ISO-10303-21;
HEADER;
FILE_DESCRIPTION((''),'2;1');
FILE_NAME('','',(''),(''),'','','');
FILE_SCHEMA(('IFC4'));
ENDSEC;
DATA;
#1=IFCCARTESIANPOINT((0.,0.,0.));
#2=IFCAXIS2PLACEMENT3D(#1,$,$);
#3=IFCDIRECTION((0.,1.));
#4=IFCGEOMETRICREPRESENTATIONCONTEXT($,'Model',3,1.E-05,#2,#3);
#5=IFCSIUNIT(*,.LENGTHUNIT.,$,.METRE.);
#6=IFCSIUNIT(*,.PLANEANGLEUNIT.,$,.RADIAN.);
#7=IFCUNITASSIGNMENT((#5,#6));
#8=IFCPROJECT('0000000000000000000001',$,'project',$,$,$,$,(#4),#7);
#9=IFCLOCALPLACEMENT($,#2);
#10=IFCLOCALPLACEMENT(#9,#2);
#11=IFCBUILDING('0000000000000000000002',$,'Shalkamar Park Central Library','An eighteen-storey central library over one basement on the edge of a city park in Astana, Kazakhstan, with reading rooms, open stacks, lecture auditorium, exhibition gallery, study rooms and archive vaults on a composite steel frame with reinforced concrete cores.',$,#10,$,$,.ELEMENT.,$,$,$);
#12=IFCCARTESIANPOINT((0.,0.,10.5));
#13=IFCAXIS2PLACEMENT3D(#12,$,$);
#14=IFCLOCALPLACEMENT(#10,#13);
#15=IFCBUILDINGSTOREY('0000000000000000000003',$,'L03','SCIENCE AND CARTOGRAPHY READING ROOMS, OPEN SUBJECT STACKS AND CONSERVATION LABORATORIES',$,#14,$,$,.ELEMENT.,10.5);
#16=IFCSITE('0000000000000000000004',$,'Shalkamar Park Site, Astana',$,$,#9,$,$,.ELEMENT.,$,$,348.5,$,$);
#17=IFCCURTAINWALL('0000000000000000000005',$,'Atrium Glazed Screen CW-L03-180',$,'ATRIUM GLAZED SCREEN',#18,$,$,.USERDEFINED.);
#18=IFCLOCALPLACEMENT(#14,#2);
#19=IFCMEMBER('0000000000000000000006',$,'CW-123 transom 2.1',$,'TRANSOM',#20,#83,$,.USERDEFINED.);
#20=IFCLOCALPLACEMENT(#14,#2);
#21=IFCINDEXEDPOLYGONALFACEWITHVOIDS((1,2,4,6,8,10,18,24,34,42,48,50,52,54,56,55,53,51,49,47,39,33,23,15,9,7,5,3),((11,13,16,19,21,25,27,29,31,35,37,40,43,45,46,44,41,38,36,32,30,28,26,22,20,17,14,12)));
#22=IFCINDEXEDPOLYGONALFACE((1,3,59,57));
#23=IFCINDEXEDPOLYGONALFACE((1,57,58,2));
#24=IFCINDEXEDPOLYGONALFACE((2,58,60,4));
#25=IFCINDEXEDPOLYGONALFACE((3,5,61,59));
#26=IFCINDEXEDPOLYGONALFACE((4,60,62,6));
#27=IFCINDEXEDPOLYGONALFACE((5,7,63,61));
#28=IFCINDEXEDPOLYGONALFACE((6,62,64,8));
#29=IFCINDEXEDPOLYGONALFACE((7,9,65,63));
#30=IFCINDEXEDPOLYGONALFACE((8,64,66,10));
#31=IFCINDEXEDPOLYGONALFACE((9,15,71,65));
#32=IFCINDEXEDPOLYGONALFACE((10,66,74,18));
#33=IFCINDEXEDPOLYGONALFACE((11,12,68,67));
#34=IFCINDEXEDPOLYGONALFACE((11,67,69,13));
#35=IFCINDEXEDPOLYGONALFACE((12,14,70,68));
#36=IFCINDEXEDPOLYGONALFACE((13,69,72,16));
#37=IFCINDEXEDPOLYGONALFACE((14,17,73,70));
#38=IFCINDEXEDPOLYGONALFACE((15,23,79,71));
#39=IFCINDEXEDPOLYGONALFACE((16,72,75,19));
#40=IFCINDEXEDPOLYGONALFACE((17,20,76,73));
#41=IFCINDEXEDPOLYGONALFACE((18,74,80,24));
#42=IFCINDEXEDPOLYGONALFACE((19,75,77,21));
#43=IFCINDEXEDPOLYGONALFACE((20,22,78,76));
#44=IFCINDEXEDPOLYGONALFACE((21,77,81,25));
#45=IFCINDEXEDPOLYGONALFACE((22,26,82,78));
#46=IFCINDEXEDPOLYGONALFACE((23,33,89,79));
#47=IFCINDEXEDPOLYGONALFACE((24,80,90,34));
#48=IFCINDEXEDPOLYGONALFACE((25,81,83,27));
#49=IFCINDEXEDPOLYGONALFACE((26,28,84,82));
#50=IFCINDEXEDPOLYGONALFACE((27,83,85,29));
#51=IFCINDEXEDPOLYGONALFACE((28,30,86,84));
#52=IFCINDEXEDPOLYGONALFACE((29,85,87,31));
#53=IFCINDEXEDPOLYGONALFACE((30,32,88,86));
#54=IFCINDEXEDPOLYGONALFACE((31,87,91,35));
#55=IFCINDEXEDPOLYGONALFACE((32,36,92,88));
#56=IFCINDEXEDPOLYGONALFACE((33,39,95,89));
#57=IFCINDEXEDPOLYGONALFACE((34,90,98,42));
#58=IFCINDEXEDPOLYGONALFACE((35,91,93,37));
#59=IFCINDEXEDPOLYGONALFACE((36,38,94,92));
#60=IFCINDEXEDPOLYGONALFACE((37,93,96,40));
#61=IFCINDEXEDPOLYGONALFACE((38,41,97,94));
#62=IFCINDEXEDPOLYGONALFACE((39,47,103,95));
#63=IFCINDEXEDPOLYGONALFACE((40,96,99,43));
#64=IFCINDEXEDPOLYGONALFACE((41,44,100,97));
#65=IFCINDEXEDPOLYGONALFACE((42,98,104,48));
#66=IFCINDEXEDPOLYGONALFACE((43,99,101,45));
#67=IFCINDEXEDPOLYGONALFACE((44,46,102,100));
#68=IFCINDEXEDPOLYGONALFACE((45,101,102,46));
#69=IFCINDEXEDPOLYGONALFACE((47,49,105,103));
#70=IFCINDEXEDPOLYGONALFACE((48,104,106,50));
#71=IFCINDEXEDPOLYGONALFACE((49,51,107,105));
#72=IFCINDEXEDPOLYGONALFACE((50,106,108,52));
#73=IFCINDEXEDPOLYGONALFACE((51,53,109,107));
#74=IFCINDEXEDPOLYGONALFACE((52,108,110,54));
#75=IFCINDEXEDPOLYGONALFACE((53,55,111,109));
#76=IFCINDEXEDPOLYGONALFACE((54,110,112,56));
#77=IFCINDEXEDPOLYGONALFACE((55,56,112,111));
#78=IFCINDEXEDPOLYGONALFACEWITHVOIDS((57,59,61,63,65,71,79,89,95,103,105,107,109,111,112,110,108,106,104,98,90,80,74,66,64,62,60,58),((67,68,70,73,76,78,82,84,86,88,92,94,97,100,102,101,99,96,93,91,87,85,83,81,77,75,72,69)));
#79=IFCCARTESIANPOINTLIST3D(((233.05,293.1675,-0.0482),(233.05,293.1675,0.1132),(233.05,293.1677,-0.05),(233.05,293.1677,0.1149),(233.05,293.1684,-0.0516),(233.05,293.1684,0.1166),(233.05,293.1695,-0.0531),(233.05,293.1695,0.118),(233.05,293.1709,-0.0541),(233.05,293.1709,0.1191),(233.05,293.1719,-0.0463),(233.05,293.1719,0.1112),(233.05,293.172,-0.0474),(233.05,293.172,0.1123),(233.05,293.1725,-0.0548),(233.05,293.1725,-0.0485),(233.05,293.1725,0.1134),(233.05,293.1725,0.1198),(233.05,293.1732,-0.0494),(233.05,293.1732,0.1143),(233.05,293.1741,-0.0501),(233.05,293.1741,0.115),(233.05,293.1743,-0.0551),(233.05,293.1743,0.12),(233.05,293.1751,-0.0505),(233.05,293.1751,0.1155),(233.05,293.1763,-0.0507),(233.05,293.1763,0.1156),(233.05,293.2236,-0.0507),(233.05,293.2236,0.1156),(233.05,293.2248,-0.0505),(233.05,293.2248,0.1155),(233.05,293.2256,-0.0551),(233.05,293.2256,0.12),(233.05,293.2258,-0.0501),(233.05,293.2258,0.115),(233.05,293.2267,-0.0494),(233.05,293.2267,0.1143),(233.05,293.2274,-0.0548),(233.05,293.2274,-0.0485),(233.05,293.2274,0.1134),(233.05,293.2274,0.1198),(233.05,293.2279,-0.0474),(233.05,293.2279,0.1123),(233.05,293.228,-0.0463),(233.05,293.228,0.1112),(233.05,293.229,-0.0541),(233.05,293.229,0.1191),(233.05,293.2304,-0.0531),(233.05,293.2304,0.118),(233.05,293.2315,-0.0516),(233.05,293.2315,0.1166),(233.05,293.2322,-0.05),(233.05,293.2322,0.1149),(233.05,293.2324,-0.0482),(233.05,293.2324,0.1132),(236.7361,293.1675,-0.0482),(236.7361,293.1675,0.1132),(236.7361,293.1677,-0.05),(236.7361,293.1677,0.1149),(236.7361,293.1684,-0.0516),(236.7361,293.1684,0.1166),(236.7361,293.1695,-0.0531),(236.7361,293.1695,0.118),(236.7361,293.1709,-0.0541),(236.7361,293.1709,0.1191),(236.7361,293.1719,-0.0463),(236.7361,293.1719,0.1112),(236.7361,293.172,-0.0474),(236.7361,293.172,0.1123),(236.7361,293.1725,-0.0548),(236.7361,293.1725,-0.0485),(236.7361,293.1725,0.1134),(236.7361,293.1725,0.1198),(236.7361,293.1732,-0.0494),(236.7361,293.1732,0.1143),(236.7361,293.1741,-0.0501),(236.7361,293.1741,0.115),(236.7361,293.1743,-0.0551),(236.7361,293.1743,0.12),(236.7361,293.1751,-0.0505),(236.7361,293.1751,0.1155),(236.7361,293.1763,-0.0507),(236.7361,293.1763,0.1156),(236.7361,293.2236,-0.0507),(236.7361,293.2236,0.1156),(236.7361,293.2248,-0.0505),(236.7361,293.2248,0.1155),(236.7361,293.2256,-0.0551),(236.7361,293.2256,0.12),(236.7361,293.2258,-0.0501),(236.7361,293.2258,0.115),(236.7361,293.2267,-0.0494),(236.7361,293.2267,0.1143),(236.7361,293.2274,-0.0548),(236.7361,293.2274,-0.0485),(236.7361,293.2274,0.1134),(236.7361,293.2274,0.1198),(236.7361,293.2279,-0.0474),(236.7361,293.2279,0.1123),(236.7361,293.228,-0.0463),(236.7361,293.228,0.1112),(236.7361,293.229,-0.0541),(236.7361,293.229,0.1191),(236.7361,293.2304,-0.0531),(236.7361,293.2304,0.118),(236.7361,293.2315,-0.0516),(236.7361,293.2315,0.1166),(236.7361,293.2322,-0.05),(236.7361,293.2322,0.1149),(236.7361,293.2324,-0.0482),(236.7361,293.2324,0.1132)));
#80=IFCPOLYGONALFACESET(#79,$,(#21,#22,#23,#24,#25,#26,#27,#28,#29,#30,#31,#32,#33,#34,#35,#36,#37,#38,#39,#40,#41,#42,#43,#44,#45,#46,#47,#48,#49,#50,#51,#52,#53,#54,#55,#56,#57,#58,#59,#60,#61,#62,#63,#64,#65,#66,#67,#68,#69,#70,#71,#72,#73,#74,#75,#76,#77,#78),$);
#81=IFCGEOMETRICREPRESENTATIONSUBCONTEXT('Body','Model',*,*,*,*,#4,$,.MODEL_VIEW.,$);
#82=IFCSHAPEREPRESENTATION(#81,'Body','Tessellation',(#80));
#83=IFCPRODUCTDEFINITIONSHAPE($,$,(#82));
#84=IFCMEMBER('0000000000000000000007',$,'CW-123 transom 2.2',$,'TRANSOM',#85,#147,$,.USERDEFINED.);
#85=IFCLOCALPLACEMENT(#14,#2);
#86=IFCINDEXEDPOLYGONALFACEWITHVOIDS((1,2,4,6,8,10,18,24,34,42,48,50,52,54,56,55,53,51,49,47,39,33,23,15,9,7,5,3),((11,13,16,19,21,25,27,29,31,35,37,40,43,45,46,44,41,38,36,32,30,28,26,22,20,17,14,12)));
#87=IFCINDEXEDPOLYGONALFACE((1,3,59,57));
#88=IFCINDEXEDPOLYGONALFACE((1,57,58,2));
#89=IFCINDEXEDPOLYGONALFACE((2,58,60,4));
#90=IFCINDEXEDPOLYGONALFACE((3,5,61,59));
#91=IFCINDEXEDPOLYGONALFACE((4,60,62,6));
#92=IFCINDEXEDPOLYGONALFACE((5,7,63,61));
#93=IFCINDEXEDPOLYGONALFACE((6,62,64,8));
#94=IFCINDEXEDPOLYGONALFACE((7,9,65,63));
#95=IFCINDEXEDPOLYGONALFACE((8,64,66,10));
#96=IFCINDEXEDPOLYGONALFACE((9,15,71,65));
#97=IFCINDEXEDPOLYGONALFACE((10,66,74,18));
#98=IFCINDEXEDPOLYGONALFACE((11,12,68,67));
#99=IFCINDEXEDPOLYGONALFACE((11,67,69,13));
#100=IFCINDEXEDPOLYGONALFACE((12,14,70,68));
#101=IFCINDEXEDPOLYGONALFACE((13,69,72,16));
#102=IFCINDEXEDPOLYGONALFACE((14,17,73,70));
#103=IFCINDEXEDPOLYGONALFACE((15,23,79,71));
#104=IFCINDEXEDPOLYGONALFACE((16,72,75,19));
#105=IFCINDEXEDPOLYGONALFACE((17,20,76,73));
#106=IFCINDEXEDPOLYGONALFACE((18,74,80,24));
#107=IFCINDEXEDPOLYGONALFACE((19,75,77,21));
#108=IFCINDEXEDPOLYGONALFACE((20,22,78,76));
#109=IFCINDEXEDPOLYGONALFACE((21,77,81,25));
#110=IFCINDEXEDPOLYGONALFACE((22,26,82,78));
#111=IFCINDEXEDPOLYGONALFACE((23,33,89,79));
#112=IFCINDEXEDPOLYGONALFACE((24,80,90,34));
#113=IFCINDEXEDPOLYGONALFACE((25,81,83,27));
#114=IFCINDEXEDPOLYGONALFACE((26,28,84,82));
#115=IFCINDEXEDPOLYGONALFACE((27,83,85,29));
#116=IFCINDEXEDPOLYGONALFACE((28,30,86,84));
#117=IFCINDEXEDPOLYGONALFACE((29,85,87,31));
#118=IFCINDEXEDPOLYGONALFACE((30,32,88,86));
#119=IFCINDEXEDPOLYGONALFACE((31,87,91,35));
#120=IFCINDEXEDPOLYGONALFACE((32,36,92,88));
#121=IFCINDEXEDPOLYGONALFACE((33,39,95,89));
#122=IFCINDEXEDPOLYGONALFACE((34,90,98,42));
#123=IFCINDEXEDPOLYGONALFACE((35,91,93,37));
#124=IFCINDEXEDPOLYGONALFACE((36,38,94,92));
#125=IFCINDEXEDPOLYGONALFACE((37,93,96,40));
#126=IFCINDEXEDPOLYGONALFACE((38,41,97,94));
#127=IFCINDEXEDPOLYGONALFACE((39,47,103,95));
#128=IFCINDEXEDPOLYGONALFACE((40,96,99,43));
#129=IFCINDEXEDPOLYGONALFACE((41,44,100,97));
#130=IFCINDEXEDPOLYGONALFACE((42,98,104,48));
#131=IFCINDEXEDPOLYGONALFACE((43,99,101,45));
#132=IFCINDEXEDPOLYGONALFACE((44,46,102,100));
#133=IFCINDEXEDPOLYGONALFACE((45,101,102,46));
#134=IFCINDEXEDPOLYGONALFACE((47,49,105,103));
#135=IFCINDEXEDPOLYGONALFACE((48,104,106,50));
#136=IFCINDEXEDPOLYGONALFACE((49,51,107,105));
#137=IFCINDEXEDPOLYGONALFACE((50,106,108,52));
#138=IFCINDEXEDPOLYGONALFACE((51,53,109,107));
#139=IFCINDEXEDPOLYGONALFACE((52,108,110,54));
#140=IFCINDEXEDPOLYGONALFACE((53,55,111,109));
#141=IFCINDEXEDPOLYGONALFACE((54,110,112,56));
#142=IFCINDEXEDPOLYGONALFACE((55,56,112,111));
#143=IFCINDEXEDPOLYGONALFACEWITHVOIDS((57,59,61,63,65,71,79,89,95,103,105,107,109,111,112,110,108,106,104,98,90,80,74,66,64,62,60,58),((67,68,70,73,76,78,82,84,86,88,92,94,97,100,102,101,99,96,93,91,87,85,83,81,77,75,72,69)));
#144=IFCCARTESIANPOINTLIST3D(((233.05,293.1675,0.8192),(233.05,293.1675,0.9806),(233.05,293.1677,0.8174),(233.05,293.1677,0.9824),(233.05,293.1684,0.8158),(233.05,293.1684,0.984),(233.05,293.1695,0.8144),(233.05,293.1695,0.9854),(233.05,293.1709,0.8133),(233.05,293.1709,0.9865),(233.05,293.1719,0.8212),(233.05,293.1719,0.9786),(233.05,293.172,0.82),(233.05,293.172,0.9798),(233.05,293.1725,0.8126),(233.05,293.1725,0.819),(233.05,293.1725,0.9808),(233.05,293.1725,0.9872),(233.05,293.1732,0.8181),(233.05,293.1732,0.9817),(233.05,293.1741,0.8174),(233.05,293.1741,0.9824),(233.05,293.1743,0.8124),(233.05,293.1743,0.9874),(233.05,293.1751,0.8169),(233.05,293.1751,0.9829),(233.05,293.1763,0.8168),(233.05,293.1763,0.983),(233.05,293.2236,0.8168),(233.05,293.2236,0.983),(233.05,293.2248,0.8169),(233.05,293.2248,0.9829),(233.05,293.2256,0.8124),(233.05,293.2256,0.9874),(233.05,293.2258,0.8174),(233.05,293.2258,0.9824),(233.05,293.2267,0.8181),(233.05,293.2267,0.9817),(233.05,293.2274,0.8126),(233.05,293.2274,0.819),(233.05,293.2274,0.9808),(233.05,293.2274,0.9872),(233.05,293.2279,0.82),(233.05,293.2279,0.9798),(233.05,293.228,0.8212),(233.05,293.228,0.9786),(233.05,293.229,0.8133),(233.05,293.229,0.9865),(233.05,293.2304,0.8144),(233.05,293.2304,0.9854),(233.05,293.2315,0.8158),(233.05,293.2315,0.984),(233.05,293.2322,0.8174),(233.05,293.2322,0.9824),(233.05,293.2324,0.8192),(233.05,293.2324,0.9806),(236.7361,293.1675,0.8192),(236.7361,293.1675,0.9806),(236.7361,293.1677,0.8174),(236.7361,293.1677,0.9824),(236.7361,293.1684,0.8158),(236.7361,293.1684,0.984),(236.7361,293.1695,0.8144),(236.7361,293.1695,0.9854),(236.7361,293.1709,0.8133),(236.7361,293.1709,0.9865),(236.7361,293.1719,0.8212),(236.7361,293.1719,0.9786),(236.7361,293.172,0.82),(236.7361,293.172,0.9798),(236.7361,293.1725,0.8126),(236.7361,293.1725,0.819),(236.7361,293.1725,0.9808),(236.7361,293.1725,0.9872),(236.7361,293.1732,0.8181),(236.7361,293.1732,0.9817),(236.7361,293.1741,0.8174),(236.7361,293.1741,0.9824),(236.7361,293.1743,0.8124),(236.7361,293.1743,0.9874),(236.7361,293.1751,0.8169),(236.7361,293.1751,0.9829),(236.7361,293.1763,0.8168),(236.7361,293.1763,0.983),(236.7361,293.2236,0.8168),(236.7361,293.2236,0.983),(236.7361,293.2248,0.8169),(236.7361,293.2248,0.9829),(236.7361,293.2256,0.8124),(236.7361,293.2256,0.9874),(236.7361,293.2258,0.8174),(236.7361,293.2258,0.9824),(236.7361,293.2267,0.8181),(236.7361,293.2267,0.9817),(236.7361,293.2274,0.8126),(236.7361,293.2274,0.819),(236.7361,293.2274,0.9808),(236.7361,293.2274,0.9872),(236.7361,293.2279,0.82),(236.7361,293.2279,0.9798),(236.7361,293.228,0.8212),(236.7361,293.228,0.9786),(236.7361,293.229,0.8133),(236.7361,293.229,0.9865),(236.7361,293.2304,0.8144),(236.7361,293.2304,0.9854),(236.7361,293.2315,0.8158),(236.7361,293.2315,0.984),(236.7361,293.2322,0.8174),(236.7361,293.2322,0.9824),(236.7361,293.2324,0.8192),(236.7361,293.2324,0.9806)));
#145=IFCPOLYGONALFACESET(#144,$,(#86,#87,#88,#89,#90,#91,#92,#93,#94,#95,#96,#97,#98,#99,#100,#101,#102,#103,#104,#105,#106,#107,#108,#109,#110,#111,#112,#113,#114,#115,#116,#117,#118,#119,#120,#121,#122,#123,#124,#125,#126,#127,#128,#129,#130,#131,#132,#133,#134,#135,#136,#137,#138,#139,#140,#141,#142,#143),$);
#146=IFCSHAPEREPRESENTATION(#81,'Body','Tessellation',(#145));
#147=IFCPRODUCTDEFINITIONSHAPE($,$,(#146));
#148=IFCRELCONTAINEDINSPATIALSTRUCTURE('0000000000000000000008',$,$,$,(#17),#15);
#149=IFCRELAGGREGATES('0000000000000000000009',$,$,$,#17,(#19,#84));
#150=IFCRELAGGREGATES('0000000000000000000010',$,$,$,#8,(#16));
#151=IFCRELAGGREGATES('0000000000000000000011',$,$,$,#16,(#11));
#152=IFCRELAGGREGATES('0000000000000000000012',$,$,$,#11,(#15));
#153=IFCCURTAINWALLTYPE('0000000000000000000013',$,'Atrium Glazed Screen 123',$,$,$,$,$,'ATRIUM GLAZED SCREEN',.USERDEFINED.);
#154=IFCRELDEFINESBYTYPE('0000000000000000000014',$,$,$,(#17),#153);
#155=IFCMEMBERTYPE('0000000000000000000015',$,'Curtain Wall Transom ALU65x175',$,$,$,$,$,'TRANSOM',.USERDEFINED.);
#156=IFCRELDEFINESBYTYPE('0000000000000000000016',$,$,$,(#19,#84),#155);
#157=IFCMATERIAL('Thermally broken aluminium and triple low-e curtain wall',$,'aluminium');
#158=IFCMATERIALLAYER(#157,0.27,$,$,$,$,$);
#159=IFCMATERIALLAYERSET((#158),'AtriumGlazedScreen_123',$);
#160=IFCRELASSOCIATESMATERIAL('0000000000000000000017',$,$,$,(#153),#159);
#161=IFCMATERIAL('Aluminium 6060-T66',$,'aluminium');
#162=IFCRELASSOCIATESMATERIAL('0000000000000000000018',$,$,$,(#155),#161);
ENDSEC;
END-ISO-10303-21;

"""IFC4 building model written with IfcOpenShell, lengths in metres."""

from ifc_helpers import new_model, si_unit, direction, frame, origin, origin_2d, place, context, subcontext, project, spatial, hollow_rectangle, extrude, material, layer, layer_set, material_profile, profile_set, type_object, element, aggregate, save


model = new_model("IFC4")

# Units and contexts
model_context = context("Model", 3, precision=1e-05, world=origin(), true_north=direction((0.0, 1.0)))
body_context = subcontext(model_context, "Body", "Model", "MODEL_VIEW")
ifc_project = project(units=[si_unit("LENGTHUNIT", "METRE"), si_unit("PLANEANGLEUNIT", "RADIAN")], contexts=[model_context])

# Site, building, storey
site_placement = place(None, origin())
site = spatial("IfcSite", under=ifc_project, at=site_placement, Name="Shalkamar Park Site, Astana", CompositionType="ELEMENT", RefElevation=348.5)
building_placement = place(site_placement, origin())
building = spatial("IfcBuilding", under=site, at=building_placement, Name="Shalkamar Park Central Library", Description="An eighteen-storey central library over one basement on the edge of a city park in Astana, Kazakhstan, with reading rooms, open stacks, lecture auditorium, exhibition gallery, study rooms and archive vaults on a composite steel frame with reinforced concrete cores.", CompositionType="ELEMENT")
storey_placement = place(building_placement, frame((0.0, 0.0, 10.5)))
storey = spatial("IfcBuildingStorey", under=building, at=storey_placement, Name="L03", Description="SCIENCE AND CARTOGRAPHY READING ROOMS, OPEN SUBJECT STACKS AND CONSERVATION LABORATORIES", CompositionType="ELEMENT", Elevation=10.5)

# Curtain wall, members
ifc_material_1 = material(Name="Thermally broken aluminium and triple low-e curtain wall", Category="aluminium")
ifc_layer_1 = layer(ifc_material_1, 0.27)
ifc_layer_set_1 = layer_set([ifc_layer_1], Name="AtriumGlazedScreen_123")
curtain_wall_type = type_object("IfcCurtainWallType", Name="Atrium Glazed Screen 123", ElementType="ATRIUM GLAZED SCREEN", PredefinedType="USERDEFINED", material=ifc_layer_set_1)
curtain_wall_placement = place(storey_placement, origin())
curtain_wall = element("IfcCurtainWall", 1, at=curtain_wall_placement, inside=storey, type_object=curtain_wall_type, Name="Atrium Glazed Screen CW-L03-180", ObjectType="ATRIUM GLAZED SCREEN", PredefinedType="USERDEFINED")
ifc_material_2 = material(Name="Aluminium 6060-T66", Category="aluminium")
ifc_material_profile_1 = material_profile(ifc_material_2, hollow_rectangle(XDim=0.0649, YDim=0.175, WallThickness=0.0044, InnerFilletRadius=0.0044, OuterFilletRadius=0.0068, at=origin_2d()), Name="ALU 65x175x4.5")
ifc_profile_set_1 = profile_set([ifc_material_profile_1], Name="Aluminium 6060-T66")
member_type_1 = type_object("IfcMemberType", Name="Curtain Wall Transom ALU65x175", ElementType="TRANSOM", PredefinedType="USERDEFINED", material=ifc_profile_set_1)
member_1_placement = place(storey_placement, frame((233.05, 293.2, 0.0325), z_axis=(1.0, 0.0, 0.0), x_axis=(0.0, 1.0, 0.0)))
member_1 = element("IfcMember", 2, at=member_1_placement, type_object=member_type_1, Name="CW-123 transom 2.1", ObjectType="TRANSOM", PredefinedType="USERDEFINED", context=body_context, shape_type="SweptSolid", body=[
    extrude(hollow_rectangle(XDim=0.0649, YDim=0.175, WallThickness=0.0044, InnerFilletRadius=0.0044, OuterFilletRadius=0.0068, at=origin_2d()), origin(), (0.0, 0.0, 1.0), 3.686),
])
member_2_placement = place(storey_placement, frame((233.05, 293.2, 0.8999), z_axis=(1.0, 0.0, 0.0), x_axis=(0.0, 1.0, 0.0)))
member_2 = element("IfcMember", 3, at=member_2_placement, type_object=member_type_1, Name="CW-123 transom 2.2", ObjectType="TRANSOM", PredefinedType="USERDEFINED", context=body_context, shape_type="SweptSolid", body=[
    extrude(hollow_rectangle(XDim=0.0649, YDim=0.175, WallThickness=0.0044, InnerFilletRadius=0.0044, OuterFilletRadius=0.0068, at=origin_2d()), origin(), (0.0, 0.0, 1.0), 3.686),
])

aggregate(curtain_wall, [member_1, member_2])

save(model, "model.ifc")
